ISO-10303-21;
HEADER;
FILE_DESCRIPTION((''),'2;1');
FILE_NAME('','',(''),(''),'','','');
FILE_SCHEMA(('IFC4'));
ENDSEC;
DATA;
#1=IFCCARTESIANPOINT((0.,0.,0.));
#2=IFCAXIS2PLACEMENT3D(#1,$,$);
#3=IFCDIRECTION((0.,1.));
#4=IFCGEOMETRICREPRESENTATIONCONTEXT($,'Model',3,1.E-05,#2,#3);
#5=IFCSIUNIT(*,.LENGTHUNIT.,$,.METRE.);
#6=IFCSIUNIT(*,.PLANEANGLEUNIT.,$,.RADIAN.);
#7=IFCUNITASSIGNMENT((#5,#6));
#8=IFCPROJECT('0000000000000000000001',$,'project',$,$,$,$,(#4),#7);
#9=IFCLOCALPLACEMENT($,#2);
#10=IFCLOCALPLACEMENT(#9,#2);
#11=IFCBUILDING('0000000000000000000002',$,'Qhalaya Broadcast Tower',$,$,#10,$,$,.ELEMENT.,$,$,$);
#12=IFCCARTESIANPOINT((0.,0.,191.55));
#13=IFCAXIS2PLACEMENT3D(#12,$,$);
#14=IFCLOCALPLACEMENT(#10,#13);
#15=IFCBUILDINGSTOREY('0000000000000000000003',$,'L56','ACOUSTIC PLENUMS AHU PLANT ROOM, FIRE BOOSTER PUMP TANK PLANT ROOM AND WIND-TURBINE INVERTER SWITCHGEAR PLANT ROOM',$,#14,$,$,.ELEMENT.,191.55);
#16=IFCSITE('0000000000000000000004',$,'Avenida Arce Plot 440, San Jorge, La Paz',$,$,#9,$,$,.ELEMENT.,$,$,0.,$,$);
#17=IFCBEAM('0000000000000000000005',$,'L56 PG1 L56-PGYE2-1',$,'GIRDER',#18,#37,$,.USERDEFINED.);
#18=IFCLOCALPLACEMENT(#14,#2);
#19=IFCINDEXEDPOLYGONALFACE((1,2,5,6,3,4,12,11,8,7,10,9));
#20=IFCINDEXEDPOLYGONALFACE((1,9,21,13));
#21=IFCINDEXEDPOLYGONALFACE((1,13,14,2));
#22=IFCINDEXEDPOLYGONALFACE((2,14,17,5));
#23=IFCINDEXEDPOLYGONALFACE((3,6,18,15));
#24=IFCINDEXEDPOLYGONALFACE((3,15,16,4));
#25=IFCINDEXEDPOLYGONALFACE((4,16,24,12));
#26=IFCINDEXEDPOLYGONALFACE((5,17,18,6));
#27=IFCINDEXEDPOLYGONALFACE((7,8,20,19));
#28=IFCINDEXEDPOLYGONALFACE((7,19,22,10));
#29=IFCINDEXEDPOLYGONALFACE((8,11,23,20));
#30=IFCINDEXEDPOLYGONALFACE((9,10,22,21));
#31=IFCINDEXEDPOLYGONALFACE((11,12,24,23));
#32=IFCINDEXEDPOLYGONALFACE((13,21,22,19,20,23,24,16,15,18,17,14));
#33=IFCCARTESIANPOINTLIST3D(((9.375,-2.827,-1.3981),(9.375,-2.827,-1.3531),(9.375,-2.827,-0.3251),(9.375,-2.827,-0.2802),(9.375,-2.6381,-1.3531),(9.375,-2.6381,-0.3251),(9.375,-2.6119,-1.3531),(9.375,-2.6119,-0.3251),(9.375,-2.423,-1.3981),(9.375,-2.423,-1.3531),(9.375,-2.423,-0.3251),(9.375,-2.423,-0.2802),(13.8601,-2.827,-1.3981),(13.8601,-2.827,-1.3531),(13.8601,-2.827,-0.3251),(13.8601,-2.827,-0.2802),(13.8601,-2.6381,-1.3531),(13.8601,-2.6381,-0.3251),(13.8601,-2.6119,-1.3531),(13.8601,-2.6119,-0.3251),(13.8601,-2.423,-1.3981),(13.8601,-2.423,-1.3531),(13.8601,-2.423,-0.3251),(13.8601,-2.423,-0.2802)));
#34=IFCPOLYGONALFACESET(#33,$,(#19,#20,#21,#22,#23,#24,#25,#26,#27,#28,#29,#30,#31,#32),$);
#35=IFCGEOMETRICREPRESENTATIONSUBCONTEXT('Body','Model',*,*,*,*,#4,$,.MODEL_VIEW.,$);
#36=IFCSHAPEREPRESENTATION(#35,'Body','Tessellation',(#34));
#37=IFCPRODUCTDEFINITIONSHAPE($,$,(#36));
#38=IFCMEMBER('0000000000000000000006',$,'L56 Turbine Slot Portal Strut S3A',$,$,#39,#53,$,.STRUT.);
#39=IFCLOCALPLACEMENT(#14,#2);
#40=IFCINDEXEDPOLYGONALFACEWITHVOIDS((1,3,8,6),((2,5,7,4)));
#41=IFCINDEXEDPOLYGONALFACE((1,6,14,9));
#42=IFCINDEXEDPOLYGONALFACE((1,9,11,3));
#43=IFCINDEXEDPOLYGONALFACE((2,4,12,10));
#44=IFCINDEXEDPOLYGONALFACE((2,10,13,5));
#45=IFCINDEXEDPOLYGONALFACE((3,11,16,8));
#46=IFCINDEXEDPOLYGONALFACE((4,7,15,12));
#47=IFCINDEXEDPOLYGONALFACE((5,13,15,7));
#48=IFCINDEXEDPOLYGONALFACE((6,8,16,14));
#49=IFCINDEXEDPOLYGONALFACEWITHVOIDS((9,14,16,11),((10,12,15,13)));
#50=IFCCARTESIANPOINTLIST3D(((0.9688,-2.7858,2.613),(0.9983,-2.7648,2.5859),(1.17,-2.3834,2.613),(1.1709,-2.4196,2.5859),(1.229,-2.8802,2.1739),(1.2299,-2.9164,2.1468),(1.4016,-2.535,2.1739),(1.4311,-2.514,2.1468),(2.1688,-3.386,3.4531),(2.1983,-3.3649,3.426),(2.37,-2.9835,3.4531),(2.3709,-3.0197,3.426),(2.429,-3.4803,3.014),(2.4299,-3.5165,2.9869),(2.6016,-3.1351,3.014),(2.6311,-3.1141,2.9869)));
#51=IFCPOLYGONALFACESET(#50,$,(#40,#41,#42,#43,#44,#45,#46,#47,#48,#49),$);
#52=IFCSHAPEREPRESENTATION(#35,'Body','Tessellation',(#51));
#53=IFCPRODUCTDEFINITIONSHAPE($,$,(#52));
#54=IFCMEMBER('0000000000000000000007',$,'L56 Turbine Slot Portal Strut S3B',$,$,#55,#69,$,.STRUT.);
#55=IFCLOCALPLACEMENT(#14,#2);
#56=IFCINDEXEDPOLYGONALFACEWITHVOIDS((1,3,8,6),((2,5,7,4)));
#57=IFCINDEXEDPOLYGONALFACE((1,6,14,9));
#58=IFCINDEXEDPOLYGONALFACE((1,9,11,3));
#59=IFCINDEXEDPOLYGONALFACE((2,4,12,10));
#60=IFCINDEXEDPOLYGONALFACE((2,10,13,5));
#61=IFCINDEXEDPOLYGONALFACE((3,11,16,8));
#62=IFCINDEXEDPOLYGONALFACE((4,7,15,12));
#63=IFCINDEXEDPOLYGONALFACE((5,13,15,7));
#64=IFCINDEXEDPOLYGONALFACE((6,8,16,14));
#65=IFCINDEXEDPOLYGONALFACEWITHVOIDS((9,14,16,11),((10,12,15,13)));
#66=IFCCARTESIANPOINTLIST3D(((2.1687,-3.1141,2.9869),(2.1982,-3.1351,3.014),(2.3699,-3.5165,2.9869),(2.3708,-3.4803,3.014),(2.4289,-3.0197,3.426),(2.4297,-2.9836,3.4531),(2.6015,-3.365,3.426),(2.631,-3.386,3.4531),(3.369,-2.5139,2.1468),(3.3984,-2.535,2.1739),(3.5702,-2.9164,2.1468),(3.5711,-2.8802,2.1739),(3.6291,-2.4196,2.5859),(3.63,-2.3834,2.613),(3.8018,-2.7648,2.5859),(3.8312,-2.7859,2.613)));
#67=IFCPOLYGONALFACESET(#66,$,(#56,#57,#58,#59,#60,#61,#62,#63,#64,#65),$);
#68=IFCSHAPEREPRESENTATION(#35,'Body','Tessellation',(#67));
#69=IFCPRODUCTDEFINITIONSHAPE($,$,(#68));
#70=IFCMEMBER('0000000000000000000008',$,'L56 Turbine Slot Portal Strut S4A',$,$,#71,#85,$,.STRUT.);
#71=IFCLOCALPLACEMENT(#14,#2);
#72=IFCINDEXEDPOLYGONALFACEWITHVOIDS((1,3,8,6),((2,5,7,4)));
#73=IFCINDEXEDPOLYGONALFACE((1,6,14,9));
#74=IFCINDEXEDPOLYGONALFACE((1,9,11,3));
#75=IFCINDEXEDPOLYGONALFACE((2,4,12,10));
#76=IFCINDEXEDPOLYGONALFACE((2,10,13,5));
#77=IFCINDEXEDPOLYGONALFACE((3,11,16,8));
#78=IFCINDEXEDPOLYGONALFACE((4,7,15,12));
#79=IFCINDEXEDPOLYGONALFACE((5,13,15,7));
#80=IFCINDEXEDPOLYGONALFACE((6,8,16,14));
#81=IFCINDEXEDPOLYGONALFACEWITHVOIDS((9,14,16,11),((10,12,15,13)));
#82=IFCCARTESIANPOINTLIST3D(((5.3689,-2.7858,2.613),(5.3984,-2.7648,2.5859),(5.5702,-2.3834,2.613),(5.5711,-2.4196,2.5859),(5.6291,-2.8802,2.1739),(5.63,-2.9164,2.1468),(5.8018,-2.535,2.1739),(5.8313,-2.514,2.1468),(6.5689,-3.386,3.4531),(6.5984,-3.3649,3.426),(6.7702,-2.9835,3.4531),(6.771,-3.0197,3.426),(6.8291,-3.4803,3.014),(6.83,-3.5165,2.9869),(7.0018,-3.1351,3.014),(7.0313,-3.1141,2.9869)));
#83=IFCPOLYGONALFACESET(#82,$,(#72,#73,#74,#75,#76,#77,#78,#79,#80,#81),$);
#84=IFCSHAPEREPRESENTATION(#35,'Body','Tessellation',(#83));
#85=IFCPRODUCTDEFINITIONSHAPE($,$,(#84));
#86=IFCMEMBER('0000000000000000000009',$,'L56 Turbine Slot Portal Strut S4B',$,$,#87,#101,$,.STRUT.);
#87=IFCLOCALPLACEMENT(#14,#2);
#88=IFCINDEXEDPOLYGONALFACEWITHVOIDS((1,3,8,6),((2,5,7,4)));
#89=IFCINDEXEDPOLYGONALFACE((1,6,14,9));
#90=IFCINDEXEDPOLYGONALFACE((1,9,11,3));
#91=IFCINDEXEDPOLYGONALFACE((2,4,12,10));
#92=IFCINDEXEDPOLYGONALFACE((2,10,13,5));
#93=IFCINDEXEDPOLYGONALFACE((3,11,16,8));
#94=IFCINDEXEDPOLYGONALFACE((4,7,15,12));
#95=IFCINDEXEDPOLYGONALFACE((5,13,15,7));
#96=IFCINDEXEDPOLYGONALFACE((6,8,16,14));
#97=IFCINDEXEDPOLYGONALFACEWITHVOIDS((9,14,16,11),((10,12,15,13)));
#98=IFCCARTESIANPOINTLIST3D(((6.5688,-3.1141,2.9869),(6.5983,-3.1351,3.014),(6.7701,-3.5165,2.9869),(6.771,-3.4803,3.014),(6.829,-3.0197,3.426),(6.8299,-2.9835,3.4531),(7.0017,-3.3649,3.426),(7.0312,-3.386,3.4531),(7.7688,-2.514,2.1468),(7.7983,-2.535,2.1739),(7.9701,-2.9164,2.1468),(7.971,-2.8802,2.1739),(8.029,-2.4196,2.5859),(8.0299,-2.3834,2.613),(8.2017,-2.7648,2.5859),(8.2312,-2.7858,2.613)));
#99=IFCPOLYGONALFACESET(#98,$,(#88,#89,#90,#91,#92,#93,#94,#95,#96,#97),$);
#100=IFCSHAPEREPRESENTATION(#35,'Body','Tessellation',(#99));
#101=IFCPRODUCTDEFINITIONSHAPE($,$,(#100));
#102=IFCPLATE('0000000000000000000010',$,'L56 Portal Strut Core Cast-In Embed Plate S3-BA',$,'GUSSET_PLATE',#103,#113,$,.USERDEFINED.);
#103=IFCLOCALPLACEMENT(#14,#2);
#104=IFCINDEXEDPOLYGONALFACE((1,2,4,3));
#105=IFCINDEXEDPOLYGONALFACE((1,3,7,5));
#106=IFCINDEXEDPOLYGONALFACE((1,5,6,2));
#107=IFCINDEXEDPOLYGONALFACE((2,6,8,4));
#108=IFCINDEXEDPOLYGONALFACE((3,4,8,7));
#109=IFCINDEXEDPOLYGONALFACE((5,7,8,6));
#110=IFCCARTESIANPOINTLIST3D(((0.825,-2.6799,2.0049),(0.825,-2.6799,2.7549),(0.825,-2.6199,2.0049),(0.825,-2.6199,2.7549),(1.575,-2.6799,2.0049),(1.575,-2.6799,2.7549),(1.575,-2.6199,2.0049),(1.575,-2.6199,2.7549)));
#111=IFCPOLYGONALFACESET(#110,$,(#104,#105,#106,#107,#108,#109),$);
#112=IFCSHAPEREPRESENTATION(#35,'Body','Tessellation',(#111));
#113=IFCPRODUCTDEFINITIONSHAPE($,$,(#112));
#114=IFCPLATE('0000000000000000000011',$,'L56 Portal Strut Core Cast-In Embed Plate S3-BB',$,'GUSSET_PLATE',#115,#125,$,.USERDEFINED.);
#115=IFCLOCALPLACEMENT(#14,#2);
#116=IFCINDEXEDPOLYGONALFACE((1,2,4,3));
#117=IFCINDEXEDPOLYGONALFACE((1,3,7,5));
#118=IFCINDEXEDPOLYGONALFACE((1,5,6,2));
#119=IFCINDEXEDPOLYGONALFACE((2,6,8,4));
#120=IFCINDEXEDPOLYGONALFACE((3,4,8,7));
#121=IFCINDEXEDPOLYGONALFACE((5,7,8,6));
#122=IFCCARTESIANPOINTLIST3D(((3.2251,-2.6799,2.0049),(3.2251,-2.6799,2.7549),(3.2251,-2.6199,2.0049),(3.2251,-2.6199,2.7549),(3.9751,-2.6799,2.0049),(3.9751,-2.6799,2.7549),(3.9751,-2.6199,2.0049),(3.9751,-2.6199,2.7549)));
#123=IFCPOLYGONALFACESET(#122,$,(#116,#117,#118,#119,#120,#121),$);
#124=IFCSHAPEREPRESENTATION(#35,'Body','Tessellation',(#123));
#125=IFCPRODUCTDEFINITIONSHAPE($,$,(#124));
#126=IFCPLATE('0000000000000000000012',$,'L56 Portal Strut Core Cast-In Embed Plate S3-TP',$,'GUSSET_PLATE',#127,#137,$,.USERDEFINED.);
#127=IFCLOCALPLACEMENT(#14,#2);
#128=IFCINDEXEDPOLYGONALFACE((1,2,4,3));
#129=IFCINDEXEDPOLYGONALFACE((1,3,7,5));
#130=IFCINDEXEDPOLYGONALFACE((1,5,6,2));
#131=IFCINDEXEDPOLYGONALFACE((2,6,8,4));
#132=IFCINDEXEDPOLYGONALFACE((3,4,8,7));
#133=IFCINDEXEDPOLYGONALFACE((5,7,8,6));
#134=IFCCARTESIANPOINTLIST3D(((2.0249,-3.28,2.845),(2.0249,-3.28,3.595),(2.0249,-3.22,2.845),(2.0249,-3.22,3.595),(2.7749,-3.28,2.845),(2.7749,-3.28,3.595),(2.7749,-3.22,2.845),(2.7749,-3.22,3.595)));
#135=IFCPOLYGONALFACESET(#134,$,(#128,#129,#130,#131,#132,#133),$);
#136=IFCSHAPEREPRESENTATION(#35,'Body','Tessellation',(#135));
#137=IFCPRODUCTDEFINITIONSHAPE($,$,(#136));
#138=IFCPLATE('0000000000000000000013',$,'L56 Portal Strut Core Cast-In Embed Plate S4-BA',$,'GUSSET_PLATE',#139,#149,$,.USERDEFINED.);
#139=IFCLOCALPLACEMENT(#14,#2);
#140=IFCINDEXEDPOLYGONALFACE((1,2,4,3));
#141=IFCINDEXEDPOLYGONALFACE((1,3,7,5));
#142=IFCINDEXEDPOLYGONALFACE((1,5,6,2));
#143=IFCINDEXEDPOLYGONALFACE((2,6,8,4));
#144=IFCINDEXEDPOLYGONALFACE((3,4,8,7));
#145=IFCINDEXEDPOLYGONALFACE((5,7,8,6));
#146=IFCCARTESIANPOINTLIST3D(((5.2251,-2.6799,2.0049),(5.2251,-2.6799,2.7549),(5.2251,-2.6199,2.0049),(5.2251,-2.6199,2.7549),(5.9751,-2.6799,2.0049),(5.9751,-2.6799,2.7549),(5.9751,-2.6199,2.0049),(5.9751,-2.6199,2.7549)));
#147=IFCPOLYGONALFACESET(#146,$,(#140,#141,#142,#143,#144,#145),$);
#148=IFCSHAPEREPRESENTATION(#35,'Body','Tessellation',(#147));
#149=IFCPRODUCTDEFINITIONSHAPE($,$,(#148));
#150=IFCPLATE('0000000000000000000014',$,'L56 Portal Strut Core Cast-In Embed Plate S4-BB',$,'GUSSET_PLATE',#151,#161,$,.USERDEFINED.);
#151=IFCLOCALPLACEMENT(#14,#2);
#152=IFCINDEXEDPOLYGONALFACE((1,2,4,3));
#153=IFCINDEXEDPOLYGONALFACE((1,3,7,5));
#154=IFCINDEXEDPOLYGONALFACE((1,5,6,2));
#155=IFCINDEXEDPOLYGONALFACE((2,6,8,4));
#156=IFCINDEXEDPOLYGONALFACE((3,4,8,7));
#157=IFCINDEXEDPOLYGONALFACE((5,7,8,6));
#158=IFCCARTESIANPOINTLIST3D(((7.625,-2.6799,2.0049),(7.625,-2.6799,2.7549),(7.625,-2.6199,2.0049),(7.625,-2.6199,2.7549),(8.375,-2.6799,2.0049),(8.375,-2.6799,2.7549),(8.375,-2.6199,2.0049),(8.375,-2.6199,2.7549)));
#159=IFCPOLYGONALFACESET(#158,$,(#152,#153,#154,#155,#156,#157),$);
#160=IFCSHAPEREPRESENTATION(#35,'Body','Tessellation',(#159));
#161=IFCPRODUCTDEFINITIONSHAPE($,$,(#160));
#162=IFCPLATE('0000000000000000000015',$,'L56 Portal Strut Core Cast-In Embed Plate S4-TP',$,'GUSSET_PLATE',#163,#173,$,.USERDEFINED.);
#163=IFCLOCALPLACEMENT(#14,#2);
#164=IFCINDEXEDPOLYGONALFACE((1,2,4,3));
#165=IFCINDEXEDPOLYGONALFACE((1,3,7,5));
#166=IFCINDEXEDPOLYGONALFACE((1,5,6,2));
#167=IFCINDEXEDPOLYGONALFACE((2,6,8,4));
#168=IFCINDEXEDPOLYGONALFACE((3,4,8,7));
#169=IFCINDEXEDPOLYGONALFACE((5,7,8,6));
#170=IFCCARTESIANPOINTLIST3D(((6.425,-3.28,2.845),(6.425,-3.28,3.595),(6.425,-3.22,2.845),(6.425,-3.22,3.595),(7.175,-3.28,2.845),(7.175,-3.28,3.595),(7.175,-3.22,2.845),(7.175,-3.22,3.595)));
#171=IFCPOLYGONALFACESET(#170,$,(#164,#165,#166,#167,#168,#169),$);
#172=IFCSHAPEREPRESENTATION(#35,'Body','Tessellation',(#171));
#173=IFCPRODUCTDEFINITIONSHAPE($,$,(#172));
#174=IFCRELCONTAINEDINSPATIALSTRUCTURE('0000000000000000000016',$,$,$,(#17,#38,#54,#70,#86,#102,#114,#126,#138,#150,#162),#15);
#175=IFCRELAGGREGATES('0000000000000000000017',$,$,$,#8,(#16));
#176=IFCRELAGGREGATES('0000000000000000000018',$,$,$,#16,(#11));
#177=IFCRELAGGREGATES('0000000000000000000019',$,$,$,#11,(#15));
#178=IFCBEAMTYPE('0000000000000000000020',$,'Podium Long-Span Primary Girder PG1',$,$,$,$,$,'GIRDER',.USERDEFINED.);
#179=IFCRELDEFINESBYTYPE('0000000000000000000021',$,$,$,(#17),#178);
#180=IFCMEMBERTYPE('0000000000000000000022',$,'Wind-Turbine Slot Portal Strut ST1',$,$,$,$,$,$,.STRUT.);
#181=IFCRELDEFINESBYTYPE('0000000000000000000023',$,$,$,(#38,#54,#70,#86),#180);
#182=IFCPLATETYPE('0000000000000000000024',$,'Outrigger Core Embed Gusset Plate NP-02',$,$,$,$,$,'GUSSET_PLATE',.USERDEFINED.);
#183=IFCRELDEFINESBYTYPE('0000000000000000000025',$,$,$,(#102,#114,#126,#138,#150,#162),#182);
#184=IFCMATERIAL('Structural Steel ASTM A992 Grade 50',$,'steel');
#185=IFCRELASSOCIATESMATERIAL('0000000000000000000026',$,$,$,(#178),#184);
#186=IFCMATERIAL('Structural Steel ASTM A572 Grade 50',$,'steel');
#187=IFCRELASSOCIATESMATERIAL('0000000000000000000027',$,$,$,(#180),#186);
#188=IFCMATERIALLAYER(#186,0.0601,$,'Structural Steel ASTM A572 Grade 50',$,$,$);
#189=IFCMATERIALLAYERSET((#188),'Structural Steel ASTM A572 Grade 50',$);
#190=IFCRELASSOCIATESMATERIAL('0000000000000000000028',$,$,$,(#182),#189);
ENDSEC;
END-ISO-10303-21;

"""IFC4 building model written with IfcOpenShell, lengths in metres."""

from ifc_helpers import new_model, si_unit, direction, frame, origin, origin_2d, place, context, subcontext, project, spatial, rectangle, hollow_rectangle, i_section, extrude, material, layer, layer_set, material_profile, profile_set, type_object, element, save


model = new_model("IFC4")

# Units and contexts
model_context = context("Model", 3, precision=1e-05, world=origin(), true_north=direction((0.0, 1.0)))
body_context = subcontext(model_context, "Body", "Model", "MODEL_VIEW")
ifc_project = project(units=[si_unit("LENGTHUNIT", "METRE"), si_unit("PLANEANGLEUNIT", "RADIAN")], contexts=[model_context])

# Site, building, storey
site_placement = place(None, origin())
site = spatial("IfcSite", under=ifc_project, at=site_placement, Name="Avenida Arce Plot 440, San Jorge, La Paz", CompositionType="ELEMENT", RefElevation=0.0)
building_placement = place(site_placement, origin())
building = spatial("IfcBuilding", under=site, at=building_placement, Name="Qhalaya Broadcast Tower", CompositionType="ELEMENT")
storey_placement = place(building_placement, frame((0.0, 0.0, 191.55)))
storey = spatial("IfcBuildingStorey", under=building, at=storey_placement, Name="L56", Description="ACOUSTIC PLENUMS AHU PLANT ROOM, FIRE BOOSTER PUMP TANK PLANT ROOM AND WIND-TURBINE INVERTER SWITCHGEAR PLANT ROOM", CompositionType="ELEMENT", Elevation=191.55)

# Shared definitions
ifc_material_1 = material(Name="Structural Steel ASTM A572 Grade 50", Category="steel")

# Beam
ifc_material_2 = material(Name="Structural Steel ASTM A992 Grade 50", Category="steel")
ifc_material_profile_1 = material_profile(ifc_material_2, i_section(OverallWidth=0.4041, OverallDepth=1.1179, WebThickness=0.0261, FlangeThickness=0.0449, at=origin_2d()), Name="W44X335")
ifc_profile_set_1 = profile_set([ifc_material_profile_1], Name="Structural Steel ASTM A992 Grade 50")
beam_type_1 = type_object("IfcBeamType", Name="Podium Long-Span Primary Girder PG1", ElementType="GIRDER", PredefinedType="USERDEFINED", material=ifc_profile_set_1)
beam_1_placement = place(storey_placement, frame((9.375, -2.625, -0.8391), z_axis=(1.0, 0.0, 0.0), x_axis=(0.0, 1.0, 0.0)))
element("IfcBeam", 1, at=beam_1_placement, inside=storey, type_object=beam_type_1, Name="L56 PG1 L56-PGYE2-1", ObjectType="GIRDER", PredefinedType="USERDEFINED", context=body_context, shape_type="SweptSolid", body=[
    extrude(i_section(OverallWidth=0.4041, OverallDepth=1.1179, WebThickness=0.0261, FlangeThickness=0.0449, at=origin_2d()), origin(), (0.0, 0.0, 1.0), 4.4851),
])

# Members
ifc_material_profile_2 = material_profile(ifc_material_1, hollow_rectangle(XDim=0.45, YDim=0.55, WallThickness=0.032, at=origin_2d()), Name="BOX 450x550x32")
ifc_profile_set_2 = profile_set([ifc_material_profile_2], Name="Structural Steel ASTM A572 Grade 50")
member_type = type_object("IfcMemberType", Name="Wind-Turbine Slot Portal Strut ST1", PredefinedType="STRUT", material=ifc_profile_set_2)
member_1_placement = place(storey_placement, frame((1.2, -2.6499, 2.3799), z_axis=(0.758045, -0.3791, 0.530709), x_axis=(0.447286, 0.894391, 0.0)))
element("IfcMember", 2, at=member_1_placement, inside=storey, type_object=member_type, Name="L56 Turbine Slot Portal Strut S3A", PredefinedType="STRUT", context=body_context, shape_type="SweptSolid", body=[
    extrude(hollow_rectangle(XDim=0.45, YDim=0.55, WallThickness=0.032, at=origin_2d()), origin(), (0.0, 0.0, 1.0), 1.583),
])
member_2_placement = place(storey_placement, frame((3.6001, -2.6499, 2.3799), z_axis=(-0.75811, -0.379055, 0.530646), x_axis=(0.447214, -0.894427, 0.0)))
element("IfcMember", 3, at=member_2_placement, inside=storey, type_object=member_type, Name="L56 Turbine Slot Portal Strut S3B", PredefinedType="STRUT", context=body_context, shape_type="SweptSolid", body=[
    extrude(hollow_rectangle(XDim=0.45, YDim=0.55, WallThickness=0.032, at=origin_2d()), origin(), (0.0, 0.0, 1.0), 1.5833),
])
for number, where, z_axis, x_axis, name in (
    (4, (5.6001, -2.6499, 2.3799), (0.758045, -0.3791, 0.530709), (0.447286, 0.894391, 0.0), "L56 Turbine Slot Portal Strut S4A"),
    (5, (8.0, -2.6499, 2.3799), (-0.758045, -0.3791, 0.530709), (0.447286, -0.894391, 0.0), "L56 Turbine Slot Portal Strut S4B"),
):
    element("IfcMember", number, at=place(storey_placement, frame(where, z_axis=z_axis, x_axis=x_axis)), inside=storey, type_object=member_type, Name=name, PredefinedType="STRUT", context=body_context, shape_type="SweptSolid", body=[
        extrude(hollow_rectangle(XDim=0.45, YDim=0.55, WallThickness=0.032, at=origin_2d()), origin(), (0.0, 0.0, 1.0), 1.583),
    ])

# Plates
ifc_layer_1 = layer(ifc_material_1, 0.0601, Name="Structural Steel ASTM A572 Grade 50")
ifc_layer_set_1 = layer_set([ifc_layer_1], Name="Structural Steel ASTM A572 Grade 50")
plate_type = type_object("IfcPlateType", Name="Outrigger Core Embed Gusset Plate NP-02", ElementType="GUSSET_PLATE", PredefinedType="USERDEFINED", material=ifc_layer_set_1)
for number, where, z_axis, x_axis, name in (
    (6, (1.2, -2.6499, 2.0049), (0.0, 0.0, 1.0), (1.0, 0.0, 0.0), "L56 Portal Strut Core Cast-In Embed Plate S3-BA"),
    (7, (3.6001, -2.6499, 2.0049), (0.0, 0.0, 1.0), (1.0, 0.0, 0.0), "L56 Portal Strut Core Cast-In Embed Plate S3-BB"),
    (8, (2.3999, -3.25, 2.845), (0.0, 0.0, 1.0), (1.0, 0.0, 0.0), "L56 Portal Strut Core Cast-In Embed Plate S3-TP"),
    (9, (5.6001, -2.6499, 2.0049), (0.0, 0.0, 1.0), (1.0, 0.0, 0.0), "L56 Portal Strut Core Cast-In Embed Plate S4-BA"),
    (10, (8.0, -2.6499, 2.0049), (0.0, 0.0, 1.0), (1.0, 0.0, 0.0), "L56 Portal Strut Core Cast-In Embed Plate S4-BB"),
    (11, (6.8, -3.25, 2.845), (0.0, 0.0, 1.0), (1.0, 0.0, 0.0), "L56 Portal Strut Core Cast-In Embed Plate S4-TP"),
):
    element("IfcPlate", number, at=place(storey_placement, frame(where, z_axis=z_axis, x_axis=x_axis)), inside=storey, type_object=plate_type, Name=name, ObjectType="GUSSET_PLATE", PredefinedType="USERDEFINED", context=body_context, shape_type="SweptSolid", body=[
        extrude(rectangle(XDim=0.75, YDim=0.0601, at=origin_2d()), origin(), (0.0, 0.0, 1.0), 0.75),
    ])

save(model, "model.ifc")
